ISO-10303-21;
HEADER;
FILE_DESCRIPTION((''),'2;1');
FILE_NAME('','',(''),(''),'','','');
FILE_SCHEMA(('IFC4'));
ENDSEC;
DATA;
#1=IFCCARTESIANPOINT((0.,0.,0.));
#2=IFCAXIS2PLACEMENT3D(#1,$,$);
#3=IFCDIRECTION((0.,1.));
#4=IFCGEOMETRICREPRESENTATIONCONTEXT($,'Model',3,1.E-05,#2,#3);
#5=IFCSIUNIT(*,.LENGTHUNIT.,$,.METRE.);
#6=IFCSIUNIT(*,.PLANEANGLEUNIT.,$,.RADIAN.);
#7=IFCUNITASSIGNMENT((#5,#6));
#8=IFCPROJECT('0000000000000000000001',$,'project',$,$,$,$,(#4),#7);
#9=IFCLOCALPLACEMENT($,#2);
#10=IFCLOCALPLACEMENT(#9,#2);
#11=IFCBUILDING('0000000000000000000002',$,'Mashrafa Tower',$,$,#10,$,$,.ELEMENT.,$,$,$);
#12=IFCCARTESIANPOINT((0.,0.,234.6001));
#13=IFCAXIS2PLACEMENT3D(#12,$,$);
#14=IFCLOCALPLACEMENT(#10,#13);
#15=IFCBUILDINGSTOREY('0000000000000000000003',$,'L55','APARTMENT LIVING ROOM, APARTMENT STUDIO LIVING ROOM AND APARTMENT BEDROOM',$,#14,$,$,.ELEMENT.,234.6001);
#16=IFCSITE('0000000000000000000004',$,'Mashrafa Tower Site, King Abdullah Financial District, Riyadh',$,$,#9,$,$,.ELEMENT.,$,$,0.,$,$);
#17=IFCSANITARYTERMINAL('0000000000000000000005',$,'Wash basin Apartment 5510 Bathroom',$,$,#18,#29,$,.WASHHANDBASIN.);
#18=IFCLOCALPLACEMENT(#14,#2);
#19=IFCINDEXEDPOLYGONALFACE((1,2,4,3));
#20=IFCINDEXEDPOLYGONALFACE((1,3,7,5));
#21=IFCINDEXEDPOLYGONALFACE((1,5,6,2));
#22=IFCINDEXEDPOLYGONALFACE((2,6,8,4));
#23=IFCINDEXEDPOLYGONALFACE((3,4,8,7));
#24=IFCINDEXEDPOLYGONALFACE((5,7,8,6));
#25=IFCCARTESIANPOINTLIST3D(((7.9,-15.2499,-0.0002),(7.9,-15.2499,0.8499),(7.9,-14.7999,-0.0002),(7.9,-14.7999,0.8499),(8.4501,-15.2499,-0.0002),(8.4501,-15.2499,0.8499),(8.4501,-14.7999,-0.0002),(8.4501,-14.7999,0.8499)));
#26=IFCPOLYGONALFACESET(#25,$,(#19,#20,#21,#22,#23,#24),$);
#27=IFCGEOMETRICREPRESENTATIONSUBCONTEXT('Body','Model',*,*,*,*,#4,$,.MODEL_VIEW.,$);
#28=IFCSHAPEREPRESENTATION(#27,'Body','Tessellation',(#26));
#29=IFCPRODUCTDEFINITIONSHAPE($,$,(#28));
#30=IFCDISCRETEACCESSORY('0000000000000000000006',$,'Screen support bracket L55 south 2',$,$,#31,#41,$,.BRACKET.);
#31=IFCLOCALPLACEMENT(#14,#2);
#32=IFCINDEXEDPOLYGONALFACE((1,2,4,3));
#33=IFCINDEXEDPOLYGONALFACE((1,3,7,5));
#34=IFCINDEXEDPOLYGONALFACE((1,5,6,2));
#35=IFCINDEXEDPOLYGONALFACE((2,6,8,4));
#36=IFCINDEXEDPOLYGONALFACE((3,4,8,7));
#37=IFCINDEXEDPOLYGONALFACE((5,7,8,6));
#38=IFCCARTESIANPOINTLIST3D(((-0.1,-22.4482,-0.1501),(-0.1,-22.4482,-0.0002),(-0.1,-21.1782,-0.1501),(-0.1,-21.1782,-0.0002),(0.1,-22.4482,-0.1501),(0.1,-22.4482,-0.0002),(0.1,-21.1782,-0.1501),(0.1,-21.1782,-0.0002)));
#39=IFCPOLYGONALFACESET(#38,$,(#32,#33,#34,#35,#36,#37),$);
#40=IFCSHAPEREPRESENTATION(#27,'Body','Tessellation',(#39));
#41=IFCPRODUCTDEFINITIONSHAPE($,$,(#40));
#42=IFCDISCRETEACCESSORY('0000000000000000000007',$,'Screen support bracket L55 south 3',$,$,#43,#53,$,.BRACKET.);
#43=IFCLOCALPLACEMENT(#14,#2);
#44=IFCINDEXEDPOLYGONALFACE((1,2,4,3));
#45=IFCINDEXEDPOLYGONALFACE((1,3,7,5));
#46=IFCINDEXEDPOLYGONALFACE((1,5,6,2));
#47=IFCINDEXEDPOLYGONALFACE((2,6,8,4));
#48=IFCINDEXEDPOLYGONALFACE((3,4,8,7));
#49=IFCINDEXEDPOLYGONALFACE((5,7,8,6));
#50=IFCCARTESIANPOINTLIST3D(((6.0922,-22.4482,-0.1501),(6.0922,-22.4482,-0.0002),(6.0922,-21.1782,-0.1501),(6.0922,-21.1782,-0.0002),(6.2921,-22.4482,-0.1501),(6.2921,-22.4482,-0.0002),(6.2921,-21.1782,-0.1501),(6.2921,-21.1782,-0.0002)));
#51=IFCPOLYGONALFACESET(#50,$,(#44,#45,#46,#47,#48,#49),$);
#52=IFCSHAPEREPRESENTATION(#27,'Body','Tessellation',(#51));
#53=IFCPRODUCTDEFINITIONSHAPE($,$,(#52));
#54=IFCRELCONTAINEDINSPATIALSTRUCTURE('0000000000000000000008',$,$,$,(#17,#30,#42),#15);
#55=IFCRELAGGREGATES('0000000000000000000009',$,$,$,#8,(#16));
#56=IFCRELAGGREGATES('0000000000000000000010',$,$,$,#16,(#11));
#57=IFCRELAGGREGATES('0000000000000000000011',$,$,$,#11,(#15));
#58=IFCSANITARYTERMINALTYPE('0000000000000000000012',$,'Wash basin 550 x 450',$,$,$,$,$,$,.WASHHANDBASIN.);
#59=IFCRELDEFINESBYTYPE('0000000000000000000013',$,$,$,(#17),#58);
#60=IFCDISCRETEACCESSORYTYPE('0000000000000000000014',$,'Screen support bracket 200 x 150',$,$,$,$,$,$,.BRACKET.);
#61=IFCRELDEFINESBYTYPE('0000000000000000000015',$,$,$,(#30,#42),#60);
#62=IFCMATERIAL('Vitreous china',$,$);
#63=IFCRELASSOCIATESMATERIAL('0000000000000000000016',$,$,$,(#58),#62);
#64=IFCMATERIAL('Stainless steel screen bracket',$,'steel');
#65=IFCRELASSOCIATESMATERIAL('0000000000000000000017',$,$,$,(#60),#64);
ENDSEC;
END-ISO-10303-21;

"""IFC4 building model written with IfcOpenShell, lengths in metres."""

from ifc_helpers import new_model, si_unit, direction, frame, origin, origin_2d, place, context, subcontext, project, spatial, rectangle, extrude, source, transform, mapped, material, type_object, type_shapes, element, save


model = new_model("IFC4")

# Units and contexts
model_context = context("Model", 3, precision=1e-05, world=origin(), true_north=direction((0.0, 1.0)))
body_context = subcontext(model_context, "Body", "Model", "MODEL_VIEW")
ifc_project = project(units=[si_unit("LENGTHUNIT", "METRE"), si_unit("PLANEANGLEUNIT", "RADIAN")], contexts=[model_context])

# Site, building, storey
site_placement = place(None, origin())
site = spatial("IfcSite", under=ifc_project, at=site_placement, Name="Mashrafa Tower Site, King Abdullah Financial District, Riyadh", CompositionType="ELEMENT", RefElevation=0.0)
building_placement = place(site_placement, origin())
building = spatial("IfcBuilding", under=site, at=building_placement, Name="Mashrafa Tower", CompositionType="ELEMENT")
storey_placement = place(building_placement, frame((0.0, 0.0, 234.6001)))
storey = spatial("IfcBuildingStorey", under=building, at=storey_placement, Name="L55", Description="APARTMENT LIVING ROOM, APARTMENT STUDIO LIVING ROOM AND APARTMENT BEDROOM", CompositionType="ELEMENT", Elevation=234.6001)

# Sanitary terminal
ifc_material_1 = material(Name="Vitreous china")
sanitary_terminal_type_1 = type_object("IfcSanitaryTerminalType", Name="Wash basin 550 x 450", PredefinedType="WASHHANDBASIN", material=ifc_material_1)
sanitary_terminal_1_placement = place(storey_placement, frame((8.175, -15.0249, -0.0002), z_axis=(0.0, 0.0, 1.0), x_axis=(1.0, 0.0, 0.0)))
element("IfcSanitaryTerminal", 1, at=sanitary_terminal_1_placement, inside=storey, type_object=sanitary_terminal_type_1, Name="Wash basin Apartment 5510 Bathroom", PredefinedType="WASHHANDBASIN", context=body_context, shape_type="SweptSolid", body=[
    extrude(rectangle(XDim=0.55, YDim=0.45, at=origin_2d()), origin(), (0.0, 0.0, 1.0), 0.8501),
])

# Discrete accessories
ifc_material_2 = material(Name="Stainless steel screen bracket", Category="steel")
discrete_accessory_type = type_object("IfcDiscreteAccessoryType", Name="Screen support bracket 200 x 150", PredefinedType="BRACKET", material=ifc_material_2)
shared_shape_1 = source(origin(), body_context, "Body", "SweptSolid", [
    extrude(rectangle(XDim=0.2, YDim=1.27, at=origin_2d()), origin(), (0.0, 0.0, 1.0), 0.1499),
])
type_shapes(discrete_accessory_type, [shared_shape_1])
for number, where, z_axis, x_axis, name in (
    (2, (0.0, -21.8132, -0.1501), (0.0, 0.0, 1.0), (1.0, 0.0, 0.0), "Screen support bracket L55 south 2"),
    (3, (6.1921, -21.8132, -0.1501), (0.0, 0.0, 1.0), (1.0, 0.0, 0.0), "Screen support bracket L55 south 3"),
):
    element("IfcDiscreteAccessory", number, at=place(storey_placement, frame(where, z_axis=z_axis, x_axis=x_axis)), inside=storey, type_object=discrete_accessory_type, Name=name, PredefinedType="BRACKET", context=body_context, shape_type="MappedRepresentation", body=[
        mapped(shared_shape_1, transform((0.0, 0.0, 0.0))),
    ])

save(model, "model.ifc")
